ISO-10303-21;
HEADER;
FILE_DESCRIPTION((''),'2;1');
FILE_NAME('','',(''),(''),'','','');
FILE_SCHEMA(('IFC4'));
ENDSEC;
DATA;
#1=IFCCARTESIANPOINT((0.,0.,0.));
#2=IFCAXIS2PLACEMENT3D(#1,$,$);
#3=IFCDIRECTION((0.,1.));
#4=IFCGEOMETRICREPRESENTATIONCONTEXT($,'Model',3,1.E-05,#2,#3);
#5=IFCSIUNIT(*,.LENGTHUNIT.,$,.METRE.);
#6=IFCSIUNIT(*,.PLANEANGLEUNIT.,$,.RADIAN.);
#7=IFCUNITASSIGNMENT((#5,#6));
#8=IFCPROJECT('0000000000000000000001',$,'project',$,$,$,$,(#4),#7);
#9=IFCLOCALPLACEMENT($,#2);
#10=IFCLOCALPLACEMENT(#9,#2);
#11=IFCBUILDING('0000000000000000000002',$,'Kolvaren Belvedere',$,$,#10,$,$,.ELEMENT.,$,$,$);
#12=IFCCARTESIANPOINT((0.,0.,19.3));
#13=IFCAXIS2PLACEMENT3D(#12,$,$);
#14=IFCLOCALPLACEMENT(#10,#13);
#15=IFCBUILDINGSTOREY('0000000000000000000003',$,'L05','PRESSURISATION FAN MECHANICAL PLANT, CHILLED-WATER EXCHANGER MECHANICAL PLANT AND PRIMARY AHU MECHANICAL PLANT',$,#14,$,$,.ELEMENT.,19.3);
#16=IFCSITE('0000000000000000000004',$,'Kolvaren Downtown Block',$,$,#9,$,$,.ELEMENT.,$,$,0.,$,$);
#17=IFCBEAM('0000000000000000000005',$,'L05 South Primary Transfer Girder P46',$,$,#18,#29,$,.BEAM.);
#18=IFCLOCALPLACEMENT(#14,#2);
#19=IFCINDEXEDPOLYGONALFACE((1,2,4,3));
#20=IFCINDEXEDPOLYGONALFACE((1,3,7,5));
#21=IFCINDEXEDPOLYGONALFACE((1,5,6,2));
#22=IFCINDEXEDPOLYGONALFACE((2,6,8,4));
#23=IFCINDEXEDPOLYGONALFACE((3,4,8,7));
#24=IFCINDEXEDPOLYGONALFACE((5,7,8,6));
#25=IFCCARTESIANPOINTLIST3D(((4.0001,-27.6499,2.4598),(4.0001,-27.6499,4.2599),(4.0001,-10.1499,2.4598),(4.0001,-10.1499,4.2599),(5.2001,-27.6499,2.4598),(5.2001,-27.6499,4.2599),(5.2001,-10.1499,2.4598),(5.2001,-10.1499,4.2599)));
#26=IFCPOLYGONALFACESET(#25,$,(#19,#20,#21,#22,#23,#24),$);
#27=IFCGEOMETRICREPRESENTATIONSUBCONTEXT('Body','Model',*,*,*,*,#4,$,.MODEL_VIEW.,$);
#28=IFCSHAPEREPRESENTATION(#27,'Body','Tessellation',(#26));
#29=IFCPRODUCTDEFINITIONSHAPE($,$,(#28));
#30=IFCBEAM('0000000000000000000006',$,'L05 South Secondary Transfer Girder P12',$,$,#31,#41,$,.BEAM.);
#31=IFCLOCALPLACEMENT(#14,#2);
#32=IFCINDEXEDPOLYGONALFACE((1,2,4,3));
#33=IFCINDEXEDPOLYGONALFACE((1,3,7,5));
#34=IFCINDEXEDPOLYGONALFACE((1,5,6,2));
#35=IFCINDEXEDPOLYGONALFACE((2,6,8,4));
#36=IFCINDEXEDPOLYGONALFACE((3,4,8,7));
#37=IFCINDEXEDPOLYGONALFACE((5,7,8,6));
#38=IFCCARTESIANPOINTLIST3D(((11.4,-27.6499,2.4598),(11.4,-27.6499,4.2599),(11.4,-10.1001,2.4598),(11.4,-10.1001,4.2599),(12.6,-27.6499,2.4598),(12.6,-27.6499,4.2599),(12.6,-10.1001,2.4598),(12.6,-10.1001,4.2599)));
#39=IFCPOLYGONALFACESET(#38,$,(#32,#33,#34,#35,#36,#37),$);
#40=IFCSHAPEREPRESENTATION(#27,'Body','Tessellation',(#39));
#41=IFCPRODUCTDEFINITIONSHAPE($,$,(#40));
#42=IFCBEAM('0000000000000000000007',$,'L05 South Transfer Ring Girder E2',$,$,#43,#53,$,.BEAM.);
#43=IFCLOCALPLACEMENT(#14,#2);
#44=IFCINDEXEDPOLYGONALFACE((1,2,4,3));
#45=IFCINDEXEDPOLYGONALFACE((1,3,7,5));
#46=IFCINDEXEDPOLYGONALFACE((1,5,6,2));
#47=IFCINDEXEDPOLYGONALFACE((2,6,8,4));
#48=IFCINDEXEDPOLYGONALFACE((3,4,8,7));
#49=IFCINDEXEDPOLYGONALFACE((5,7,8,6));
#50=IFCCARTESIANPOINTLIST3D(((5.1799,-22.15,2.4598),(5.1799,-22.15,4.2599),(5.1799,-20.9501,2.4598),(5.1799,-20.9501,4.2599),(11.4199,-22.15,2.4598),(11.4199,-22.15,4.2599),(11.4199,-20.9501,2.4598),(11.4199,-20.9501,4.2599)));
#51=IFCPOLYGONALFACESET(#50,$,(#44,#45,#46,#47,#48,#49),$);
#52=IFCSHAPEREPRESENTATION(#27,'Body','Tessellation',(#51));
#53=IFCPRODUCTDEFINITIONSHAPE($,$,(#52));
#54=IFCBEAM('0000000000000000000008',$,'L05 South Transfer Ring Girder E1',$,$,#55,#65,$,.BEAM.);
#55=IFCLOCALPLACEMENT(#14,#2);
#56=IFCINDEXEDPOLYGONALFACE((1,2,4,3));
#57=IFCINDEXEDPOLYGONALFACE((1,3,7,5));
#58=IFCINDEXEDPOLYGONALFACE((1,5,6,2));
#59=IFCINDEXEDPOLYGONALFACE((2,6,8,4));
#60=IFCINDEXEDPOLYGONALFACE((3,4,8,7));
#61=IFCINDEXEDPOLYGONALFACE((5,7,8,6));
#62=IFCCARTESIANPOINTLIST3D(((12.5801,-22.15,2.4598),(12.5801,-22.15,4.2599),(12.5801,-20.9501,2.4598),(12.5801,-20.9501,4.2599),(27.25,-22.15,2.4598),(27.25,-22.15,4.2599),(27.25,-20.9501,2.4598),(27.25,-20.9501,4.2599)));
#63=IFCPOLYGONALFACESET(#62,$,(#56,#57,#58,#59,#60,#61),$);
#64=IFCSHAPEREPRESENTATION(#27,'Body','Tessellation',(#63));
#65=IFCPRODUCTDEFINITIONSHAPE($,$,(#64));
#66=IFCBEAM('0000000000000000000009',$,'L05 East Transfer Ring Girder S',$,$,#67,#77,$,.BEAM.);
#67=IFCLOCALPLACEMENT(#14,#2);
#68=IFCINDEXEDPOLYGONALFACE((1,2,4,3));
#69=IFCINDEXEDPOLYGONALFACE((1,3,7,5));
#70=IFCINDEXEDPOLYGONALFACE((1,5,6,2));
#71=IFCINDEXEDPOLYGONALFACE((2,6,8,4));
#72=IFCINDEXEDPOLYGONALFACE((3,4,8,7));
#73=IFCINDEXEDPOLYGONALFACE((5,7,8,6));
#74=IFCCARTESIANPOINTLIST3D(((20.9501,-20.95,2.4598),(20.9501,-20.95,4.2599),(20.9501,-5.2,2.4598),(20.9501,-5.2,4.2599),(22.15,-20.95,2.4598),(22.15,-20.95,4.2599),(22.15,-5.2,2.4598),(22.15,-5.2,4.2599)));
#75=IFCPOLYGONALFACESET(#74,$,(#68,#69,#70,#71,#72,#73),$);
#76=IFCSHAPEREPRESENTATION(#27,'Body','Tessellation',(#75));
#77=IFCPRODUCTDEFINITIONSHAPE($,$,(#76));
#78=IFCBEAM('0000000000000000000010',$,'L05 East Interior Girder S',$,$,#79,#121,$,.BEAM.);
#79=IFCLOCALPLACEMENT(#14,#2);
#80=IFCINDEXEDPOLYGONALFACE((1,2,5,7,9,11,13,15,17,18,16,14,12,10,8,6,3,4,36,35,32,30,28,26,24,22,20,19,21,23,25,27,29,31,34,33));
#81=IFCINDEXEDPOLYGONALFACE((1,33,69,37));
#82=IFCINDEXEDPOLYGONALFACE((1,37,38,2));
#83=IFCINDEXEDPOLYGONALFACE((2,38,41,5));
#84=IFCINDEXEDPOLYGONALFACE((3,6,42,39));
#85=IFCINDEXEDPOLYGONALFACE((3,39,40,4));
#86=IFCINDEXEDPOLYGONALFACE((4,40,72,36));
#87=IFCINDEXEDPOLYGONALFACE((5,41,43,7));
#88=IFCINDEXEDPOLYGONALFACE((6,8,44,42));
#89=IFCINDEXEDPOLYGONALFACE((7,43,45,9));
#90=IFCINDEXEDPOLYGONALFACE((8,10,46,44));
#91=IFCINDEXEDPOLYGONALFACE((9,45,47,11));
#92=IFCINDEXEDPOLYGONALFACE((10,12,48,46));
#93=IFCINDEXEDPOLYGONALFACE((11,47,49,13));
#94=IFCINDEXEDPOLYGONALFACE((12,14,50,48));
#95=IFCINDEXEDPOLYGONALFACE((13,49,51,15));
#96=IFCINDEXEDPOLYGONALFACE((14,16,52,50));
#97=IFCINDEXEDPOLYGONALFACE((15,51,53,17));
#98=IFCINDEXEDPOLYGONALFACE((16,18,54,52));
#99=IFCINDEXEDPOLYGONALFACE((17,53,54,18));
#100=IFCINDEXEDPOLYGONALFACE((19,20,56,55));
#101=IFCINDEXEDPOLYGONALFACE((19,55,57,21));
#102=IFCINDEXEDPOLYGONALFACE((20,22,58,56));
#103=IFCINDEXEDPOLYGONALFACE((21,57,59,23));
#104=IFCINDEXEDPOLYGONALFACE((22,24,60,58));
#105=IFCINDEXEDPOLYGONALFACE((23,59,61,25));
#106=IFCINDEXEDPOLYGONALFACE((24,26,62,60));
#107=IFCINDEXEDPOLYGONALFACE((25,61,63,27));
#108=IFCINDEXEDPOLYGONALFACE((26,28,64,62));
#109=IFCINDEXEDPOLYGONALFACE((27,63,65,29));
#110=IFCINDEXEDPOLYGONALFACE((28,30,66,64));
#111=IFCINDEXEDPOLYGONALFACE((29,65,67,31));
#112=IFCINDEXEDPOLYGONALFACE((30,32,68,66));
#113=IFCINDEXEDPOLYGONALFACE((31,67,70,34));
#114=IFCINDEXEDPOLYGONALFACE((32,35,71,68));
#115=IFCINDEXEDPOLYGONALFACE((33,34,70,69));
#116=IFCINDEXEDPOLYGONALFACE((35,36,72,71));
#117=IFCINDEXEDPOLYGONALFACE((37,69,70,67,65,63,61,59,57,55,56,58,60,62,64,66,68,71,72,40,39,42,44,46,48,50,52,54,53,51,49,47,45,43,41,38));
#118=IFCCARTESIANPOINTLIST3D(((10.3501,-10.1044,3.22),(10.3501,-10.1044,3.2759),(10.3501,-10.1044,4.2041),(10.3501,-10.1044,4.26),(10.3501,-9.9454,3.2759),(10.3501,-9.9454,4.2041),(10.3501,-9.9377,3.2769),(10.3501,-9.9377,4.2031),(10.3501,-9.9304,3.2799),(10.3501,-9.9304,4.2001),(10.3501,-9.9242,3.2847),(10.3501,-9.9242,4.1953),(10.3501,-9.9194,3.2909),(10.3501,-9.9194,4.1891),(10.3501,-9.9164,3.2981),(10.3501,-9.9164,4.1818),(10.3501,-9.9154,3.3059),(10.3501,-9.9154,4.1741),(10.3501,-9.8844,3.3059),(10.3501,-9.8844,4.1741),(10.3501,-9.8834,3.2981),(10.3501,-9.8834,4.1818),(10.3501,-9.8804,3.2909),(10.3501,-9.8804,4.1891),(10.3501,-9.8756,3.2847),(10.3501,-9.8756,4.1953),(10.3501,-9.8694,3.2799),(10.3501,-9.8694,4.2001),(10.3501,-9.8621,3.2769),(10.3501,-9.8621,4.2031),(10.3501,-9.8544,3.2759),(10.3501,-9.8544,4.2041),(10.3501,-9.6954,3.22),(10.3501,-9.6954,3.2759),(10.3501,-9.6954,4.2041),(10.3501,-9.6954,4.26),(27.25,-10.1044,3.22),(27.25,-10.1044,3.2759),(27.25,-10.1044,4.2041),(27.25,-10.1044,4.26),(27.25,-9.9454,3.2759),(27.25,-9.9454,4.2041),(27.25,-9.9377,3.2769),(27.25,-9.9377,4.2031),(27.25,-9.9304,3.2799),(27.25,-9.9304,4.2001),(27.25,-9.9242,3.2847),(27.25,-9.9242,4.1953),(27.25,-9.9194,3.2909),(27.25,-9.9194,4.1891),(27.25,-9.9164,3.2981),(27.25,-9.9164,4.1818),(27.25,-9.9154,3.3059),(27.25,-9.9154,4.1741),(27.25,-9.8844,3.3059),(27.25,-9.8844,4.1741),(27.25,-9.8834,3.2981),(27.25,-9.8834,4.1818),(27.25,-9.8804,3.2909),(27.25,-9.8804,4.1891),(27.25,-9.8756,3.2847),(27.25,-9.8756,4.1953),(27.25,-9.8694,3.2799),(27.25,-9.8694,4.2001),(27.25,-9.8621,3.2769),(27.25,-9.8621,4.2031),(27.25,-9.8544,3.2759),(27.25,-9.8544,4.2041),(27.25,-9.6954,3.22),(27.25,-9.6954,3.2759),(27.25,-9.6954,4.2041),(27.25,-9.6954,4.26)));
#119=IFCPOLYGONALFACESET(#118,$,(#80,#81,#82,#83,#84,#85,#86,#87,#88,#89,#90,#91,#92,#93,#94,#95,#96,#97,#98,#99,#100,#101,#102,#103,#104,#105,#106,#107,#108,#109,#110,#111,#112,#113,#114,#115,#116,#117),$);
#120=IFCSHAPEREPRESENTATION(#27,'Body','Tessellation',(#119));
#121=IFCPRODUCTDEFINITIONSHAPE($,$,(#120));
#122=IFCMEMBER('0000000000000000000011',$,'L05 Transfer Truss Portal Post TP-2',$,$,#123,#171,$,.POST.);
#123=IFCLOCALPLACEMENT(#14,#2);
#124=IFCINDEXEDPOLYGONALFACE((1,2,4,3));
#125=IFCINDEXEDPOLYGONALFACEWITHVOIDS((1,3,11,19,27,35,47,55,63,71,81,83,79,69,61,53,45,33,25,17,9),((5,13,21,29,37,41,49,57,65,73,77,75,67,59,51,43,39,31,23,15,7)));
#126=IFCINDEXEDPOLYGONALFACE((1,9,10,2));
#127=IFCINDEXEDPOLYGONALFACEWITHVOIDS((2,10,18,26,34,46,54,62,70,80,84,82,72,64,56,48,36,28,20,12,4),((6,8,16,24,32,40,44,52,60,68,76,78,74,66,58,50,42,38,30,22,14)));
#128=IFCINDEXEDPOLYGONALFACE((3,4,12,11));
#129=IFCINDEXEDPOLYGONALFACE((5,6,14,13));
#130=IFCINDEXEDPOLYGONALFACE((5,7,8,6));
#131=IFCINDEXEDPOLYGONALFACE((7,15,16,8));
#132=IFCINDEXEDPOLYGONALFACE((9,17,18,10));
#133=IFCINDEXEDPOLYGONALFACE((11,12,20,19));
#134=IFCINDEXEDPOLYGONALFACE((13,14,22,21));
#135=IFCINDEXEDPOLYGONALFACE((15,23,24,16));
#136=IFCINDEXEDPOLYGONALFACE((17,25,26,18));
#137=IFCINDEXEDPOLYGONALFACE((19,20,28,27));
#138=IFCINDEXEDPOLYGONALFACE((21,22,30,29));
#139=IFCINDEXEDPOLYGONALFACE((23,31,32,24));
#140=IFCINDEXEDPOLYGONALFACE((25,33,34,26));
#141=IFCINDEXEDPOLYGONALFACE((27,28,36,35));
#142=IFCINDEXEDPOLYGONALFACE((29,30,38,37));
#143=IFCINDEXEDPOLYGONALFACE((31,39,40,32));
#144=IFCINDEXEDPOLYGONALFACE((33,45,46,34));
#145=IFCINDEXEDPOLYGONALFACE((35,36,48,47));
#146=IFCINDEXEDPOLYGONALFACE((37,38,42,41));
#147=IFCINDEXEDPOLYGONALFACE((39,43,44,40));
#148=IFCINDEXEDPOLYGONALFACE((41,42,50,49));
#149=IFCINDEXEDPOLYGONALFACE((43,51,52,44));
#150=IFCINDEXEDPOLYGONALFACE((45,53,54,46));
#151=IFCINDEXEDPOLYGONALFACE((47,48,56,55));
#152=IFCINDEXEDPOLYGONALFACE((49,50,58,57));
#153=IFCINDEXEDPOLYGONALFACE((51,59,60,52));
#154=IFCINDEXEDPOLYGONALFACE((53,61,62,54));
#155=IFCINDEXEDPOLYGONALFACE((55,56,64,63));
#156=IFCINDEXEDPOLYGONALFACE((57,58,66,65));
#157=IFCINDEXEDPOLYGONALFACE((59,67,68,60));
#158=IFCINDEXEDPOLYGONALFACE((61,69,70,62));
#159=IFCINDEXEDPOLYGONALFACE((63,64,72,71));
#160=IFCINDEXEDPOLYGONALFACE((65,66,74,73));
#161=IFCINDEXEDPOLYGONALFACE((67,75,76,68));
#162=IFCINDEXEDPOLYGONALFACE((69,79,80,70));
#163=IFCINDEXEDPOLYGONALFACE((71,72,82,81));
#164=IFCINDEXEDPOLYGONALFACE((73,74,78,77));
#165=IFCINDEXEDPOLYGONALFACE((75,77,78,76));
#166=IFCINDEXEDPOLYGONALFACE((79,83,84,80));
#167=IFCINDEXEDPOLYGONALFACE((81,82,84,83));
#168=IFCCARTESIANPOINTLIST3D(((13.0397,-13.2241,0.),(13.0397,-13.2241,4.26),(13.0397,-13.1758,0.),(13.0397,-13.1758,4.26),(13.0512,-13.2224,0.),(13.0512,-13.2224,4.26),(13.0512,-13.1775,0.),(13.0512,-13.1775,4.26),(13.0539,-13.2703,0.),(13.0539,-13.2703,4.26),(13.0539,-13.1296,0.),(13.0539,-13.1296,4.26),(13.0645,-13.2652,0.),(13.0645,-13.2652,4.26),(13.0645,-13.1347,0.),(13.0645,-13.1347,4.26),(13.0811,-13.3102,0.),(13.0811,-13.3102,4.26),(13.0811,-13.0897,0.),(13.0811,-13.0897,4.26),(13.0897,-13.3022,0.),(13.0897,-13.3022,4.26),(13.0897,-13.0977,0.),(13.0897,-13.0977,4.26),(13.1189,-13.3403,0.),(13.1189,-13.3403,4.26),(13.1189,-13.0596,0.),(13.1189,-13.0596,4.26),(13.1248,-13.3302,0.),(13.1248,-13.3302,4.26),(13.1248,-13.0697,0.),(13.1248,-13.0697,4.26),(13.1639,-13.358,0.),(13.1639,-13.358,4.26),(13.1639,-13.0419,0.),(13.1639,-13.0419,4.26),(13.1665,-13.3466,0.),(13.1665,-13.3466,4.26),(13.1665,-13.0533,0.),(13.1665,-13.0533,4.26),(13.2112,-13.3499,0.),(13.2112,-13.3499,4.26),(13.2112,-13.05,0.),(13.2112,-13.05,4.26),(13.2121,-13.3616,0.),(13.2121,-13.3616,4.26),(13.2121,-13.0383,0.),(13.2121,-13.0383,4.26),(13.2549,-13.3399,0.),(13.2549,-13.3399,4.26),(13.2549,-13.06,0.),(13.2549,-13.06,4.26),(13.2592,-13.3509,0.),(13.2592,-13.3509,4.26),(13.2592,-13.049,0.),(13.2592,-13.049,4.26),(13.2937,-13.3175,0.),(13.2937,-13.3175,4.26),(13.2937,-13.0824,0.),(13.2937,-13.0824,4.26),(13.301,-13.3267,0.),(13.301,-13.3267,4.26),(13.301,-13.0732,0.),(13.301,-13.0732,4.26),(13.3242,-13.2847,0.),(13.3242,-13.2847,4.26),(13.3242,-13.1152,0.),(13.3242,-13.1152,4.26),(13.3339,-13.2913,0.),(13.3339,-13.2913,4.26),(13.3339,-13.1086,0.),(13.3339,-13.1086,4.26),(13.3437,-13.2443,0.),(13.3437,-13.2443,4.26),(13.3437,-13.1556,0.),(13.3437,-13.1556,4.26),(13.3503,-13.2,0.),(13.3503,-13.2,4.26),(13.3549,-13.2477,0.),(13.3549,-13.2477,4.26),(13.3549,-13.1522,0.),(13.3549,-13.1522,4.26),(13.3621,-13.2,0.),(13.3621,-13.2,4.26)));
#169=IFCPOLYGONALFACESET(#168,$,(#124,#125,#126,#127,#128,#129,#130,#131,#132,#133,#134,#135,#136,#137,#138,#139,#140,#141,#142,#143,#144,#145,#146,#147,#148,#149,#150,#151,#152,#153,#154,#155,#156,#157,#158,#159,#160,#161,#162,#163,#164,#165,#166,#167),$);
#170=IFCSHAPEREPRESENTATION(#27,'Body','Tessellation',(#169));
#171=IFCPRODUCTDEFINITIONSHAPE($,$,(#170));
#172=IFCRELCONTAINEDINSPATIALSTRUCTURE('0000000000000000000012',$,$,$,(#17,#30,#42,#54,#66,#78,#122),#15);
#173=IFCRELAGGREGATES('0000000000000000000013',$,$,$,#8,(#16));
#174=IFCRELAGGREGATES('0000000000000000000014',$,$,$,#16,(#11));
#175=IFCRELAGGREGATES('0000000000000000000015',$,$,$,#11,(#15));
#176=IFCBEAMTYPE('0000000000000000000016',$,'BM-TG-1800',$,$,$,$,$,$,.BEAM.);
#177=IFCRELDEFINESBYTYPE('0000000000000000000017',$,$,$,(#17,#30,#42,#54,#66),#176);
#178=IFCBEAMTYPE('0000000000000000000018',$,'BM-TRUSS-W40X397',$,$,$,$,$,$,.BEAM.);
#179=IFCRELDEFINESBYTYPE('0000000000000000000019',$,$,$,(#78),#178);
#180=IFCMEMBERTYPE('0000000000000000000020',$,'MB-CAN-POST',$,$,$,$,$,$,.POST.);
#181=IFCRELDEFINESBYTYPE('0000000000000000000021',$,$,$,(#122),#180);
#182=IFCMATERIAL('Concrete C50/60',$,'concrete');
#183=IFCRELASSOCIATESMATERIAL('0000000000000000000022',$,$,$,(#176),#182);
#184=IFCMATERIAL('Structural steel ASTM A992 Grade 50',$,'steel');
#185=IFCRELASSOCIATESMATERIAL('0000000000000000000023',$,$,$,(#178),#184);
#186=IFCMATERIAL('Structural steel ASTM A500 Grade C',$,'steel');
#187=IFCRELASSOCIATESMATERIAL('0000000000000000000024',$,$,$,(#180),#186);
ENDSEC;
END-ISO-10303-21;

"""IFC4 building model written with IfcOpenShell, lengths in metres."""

from ifc_helpers import new_model, si_unit, direction, frame, origin, origin_2d, place, context, subcontext, project, spatial, rectangle, hollow_circle, i_section, extrude, material, material_profile, profile_set, type_object, element, save


model = new_model("IFC4")

# Units and contexts
model_context = context("Model", 3, precision=1e-05, world=origin(), true_north=direction((0.0, 1.0)))
body_context = subcontext(model_context, "Body", "Model", "MODEL_VIEW")
ifc_project = project(units=[si_unit("LENGTHUNIT", "METRE"), si_unit("PLANEANGLEUNIT", "RADIAN")], contexts=[model_context])

# Site, building, storey
site_placement = place(None, origin())
site = spatial("IfcSite", under=ifc_project, at=site_placement, Name="Kolvaren Downtown Block", CompositionType="ELEMENT", RefElevation=0.0)
building_placement = place(site_placement, origin())
building = spatial("IfcBuilding", under=site, at=building_placement, Name="Kolvaren Belvedere", CompositionType="ELEMENT")
storey_placement = place(building_placement, frame((0.0, 0.0, 19.3)))
storey = spatial("IfcBuildingStorey", under=building, at=storey_placement, Name="L05", Description="PRESSURISATION FAN MECHANICAL PLANT, CHILLED-WATER EXCHANGER MECHANICAL PLANT AND PRIMARY AHU MECHANICAL PLANT", CompositionType="ELEMENT", Elevation=19.3)

# Beams
ifc_material_1 = material(Name="Concrete C50/60", Category="concrete")
ifc_material_profile_1 = material_profile(ifc_material_1, rectangle(XDim=1.2, YDim=1.8, at=origin_2d()), Name="RC 1200X1800")
ifc_profile_set_1 = profile_set([ifc_material_profile_1], Name="Concrete C50/60")
beam_type_1 = type_object("IfcBeamType", Name="BM-TG-1800", PredefinedType="BEAM", material=ifc_profile_set_1)
beam_1_placement = place(storey_placement, frame((4.6001, -10.1499, 3.3599), z_axis=(0.0, -1.0, 0.0), x_axis=(1.0, 0.0, 0.0)))
element("IfcBeam", 1, at=beam_1_placement, inside=storey, type_object=beam_type_1, Name="L05 South Primary Transfer Girder P46", PredefinedType="BEAM", context=body_context, shape_type="SweptSolid", body=[
    extrude(rectangle(XDim=1.2, YDim=1.8, at=origin_2d()), origin(), (0.0, 0.0, 1.0), 17.5),
])
beam_2_placement = place(storey_placement, frame((12.0, -10.1001, 3.3599), z_axis=(0.0, -1.0, 0.0), x_axis=(1.0, 0.0, 0.0)))
element("IfcBeam", 2, at=beam_2_placement, inside=storey, type_object=beam_type_1, Name="L05 South Secondary Transfer Girder P12", PredefinedType="BEAM", context=body_context, shape_type="SweptSolid", body=[
    extrude(rectangle(XDim=1.2, YDim=1.8, at=origin_2d()), origin(), (0.0, 0.0, 1.0), 17.5498),
])
beam_3_placement = place(storey_placement, frame((5.1799, -21.55, 3.3599), z_axis=(1.0, 0.0, 0.0), x_axis=(0.0, 1.0, 0.0)))
element("IfcBeam", 3, at=beam_3_placement, inside=storey, type_object=beam_type_1, Name="L05 South Transfer Ring Girder E2", PredefinedType="BEAM", context=body_context, shape_type="SweptSolid", body=[
    extrude(rectangle(XDim=1.2, YDim=1.8, at=origin_2d()), origin(), (0.0, 0.0, 1.0), 6.24),
])
beam_4_placement = place(storey_placement, frame((12.5801, -21.55, 3.3599), z_axis=(1.0, 0.0, 0.0), x_axis=(0.0, 1.0, 0.0)))
element("IfcBeam", 4, at=beam_4_placement, inside=storey, type_object=beam_type_1, Name="L05 South Transfer Ring Girder E1", PredefinedType="BEAM", context=body_context, shape_type="SweptSolid", body=[
    extrude(rectangle(XDim=1.2, YDim=1.8, at=origin_2d()), origin(), (0.0, 0.0, 1.0), 14.6699),
])
beam_5_placement = place(storey_placement, frame((21.55, -20.95, 3.3599), z_axis=(0.0, 1.0, 0.0), x_axis=(-1.0, 0.0, 0.0)))
element("IfcBeam", 5, at=beam_5_placement, inside=storey, type_object=beam_type_1, Name="L05 East Transfer Ring Girder S", PredefinedType="BEAM", context=body_context, shape_type="SweptSolid", body=[
    extrude(rectangle(XDim=1.2, YDim=1.8, at=origin_2d()), origin(), (0.0, 0.0, 1.0), 15.75),
])
ifc_material_2 = material(Name="Structural steel ASTM A992 Grade 50", Category="steel")
ifc_material_profile_2 = material_profile(ifc_material_2, i_section(OverallWidth=0.4089, OverallDepth=1.04, WebThickness=0.031, FlangeThickness=0.0559, FilletRadius=0.03, at=origin_2d()), Name="W40X397")
ifc_profile_set_2 = profile_set([ifc_material_profile_2], Name="Structural steel ASTM A992 Grade 50")
beam_type_2 = type_object("IfcBeamType", Name="BM-TRUSS-W40X397", PredefinedType="BEAM", material=ifc_profile_set_2)
beam_6_placement = place(storey_placement, frame((10.3501, -9.8999, 3.74), z_axis=(1.0, 0.0, 0.0), x_axis=(0.0, 1.0, 0.0)))
element("IfcBeam", 6, at=beam_6_placement, inside=storey, type_object=beam_type_2, Name="L05 East Interior Girder S", PredefinedType="BEAM", context=body_context, shape_type="SweptSolid", body=[
    extrude(i_section(OverallWidth=0.4089, OverallDepth=1.04, WebThickness=0.031, FlangeThickness=0.0559, FilletRadius=0.03, at=origin_2d()), origin(), (0.0, 0.0, 1.0), 16.8999),
])

# Member
ifc_material_3 = material(Name="Structural steel ASTM A500 Grade C", Category="steel")
ifc_material_profile_3 = material_profile(ifc_material_3, hollow_circle(Radius=0.1621, WallThickness=0.0117, at=origin_2d()), Name="HSS12.750X0.500")
ifc_profile_set_3 = profile_set([ifc_material_profile_3], Name="Structural steel ASTM A500 Grade C")
member_type_1 = type_object("IfcMemberType", Name="MB-CAN-POST", PredefinedType="POST", material=ifc_profile_set_3)
member_1_placement = place(storey_placement, frame((13.2, -13.2, 0.0), z_axis=(0.0, 0.0, 1.0), x_axis=(1.0, 0.0, 0.0)))
element("IfcMember", 7, at=member_1_placement, inside=storey, type_object=member_type_1, Name="L05 Transfer Truss Portal Post TP-2", PredefinedType="POST", context=body_context, shape_type="SweptSolid", body=[
    extrude(hollow_circle(Radius=0.1621, WallThickness=0.0117, at=origin_2d()), origin(), (0.0, 0.0, 1.0), 4.26),
])

save(model, "model.ifc")
